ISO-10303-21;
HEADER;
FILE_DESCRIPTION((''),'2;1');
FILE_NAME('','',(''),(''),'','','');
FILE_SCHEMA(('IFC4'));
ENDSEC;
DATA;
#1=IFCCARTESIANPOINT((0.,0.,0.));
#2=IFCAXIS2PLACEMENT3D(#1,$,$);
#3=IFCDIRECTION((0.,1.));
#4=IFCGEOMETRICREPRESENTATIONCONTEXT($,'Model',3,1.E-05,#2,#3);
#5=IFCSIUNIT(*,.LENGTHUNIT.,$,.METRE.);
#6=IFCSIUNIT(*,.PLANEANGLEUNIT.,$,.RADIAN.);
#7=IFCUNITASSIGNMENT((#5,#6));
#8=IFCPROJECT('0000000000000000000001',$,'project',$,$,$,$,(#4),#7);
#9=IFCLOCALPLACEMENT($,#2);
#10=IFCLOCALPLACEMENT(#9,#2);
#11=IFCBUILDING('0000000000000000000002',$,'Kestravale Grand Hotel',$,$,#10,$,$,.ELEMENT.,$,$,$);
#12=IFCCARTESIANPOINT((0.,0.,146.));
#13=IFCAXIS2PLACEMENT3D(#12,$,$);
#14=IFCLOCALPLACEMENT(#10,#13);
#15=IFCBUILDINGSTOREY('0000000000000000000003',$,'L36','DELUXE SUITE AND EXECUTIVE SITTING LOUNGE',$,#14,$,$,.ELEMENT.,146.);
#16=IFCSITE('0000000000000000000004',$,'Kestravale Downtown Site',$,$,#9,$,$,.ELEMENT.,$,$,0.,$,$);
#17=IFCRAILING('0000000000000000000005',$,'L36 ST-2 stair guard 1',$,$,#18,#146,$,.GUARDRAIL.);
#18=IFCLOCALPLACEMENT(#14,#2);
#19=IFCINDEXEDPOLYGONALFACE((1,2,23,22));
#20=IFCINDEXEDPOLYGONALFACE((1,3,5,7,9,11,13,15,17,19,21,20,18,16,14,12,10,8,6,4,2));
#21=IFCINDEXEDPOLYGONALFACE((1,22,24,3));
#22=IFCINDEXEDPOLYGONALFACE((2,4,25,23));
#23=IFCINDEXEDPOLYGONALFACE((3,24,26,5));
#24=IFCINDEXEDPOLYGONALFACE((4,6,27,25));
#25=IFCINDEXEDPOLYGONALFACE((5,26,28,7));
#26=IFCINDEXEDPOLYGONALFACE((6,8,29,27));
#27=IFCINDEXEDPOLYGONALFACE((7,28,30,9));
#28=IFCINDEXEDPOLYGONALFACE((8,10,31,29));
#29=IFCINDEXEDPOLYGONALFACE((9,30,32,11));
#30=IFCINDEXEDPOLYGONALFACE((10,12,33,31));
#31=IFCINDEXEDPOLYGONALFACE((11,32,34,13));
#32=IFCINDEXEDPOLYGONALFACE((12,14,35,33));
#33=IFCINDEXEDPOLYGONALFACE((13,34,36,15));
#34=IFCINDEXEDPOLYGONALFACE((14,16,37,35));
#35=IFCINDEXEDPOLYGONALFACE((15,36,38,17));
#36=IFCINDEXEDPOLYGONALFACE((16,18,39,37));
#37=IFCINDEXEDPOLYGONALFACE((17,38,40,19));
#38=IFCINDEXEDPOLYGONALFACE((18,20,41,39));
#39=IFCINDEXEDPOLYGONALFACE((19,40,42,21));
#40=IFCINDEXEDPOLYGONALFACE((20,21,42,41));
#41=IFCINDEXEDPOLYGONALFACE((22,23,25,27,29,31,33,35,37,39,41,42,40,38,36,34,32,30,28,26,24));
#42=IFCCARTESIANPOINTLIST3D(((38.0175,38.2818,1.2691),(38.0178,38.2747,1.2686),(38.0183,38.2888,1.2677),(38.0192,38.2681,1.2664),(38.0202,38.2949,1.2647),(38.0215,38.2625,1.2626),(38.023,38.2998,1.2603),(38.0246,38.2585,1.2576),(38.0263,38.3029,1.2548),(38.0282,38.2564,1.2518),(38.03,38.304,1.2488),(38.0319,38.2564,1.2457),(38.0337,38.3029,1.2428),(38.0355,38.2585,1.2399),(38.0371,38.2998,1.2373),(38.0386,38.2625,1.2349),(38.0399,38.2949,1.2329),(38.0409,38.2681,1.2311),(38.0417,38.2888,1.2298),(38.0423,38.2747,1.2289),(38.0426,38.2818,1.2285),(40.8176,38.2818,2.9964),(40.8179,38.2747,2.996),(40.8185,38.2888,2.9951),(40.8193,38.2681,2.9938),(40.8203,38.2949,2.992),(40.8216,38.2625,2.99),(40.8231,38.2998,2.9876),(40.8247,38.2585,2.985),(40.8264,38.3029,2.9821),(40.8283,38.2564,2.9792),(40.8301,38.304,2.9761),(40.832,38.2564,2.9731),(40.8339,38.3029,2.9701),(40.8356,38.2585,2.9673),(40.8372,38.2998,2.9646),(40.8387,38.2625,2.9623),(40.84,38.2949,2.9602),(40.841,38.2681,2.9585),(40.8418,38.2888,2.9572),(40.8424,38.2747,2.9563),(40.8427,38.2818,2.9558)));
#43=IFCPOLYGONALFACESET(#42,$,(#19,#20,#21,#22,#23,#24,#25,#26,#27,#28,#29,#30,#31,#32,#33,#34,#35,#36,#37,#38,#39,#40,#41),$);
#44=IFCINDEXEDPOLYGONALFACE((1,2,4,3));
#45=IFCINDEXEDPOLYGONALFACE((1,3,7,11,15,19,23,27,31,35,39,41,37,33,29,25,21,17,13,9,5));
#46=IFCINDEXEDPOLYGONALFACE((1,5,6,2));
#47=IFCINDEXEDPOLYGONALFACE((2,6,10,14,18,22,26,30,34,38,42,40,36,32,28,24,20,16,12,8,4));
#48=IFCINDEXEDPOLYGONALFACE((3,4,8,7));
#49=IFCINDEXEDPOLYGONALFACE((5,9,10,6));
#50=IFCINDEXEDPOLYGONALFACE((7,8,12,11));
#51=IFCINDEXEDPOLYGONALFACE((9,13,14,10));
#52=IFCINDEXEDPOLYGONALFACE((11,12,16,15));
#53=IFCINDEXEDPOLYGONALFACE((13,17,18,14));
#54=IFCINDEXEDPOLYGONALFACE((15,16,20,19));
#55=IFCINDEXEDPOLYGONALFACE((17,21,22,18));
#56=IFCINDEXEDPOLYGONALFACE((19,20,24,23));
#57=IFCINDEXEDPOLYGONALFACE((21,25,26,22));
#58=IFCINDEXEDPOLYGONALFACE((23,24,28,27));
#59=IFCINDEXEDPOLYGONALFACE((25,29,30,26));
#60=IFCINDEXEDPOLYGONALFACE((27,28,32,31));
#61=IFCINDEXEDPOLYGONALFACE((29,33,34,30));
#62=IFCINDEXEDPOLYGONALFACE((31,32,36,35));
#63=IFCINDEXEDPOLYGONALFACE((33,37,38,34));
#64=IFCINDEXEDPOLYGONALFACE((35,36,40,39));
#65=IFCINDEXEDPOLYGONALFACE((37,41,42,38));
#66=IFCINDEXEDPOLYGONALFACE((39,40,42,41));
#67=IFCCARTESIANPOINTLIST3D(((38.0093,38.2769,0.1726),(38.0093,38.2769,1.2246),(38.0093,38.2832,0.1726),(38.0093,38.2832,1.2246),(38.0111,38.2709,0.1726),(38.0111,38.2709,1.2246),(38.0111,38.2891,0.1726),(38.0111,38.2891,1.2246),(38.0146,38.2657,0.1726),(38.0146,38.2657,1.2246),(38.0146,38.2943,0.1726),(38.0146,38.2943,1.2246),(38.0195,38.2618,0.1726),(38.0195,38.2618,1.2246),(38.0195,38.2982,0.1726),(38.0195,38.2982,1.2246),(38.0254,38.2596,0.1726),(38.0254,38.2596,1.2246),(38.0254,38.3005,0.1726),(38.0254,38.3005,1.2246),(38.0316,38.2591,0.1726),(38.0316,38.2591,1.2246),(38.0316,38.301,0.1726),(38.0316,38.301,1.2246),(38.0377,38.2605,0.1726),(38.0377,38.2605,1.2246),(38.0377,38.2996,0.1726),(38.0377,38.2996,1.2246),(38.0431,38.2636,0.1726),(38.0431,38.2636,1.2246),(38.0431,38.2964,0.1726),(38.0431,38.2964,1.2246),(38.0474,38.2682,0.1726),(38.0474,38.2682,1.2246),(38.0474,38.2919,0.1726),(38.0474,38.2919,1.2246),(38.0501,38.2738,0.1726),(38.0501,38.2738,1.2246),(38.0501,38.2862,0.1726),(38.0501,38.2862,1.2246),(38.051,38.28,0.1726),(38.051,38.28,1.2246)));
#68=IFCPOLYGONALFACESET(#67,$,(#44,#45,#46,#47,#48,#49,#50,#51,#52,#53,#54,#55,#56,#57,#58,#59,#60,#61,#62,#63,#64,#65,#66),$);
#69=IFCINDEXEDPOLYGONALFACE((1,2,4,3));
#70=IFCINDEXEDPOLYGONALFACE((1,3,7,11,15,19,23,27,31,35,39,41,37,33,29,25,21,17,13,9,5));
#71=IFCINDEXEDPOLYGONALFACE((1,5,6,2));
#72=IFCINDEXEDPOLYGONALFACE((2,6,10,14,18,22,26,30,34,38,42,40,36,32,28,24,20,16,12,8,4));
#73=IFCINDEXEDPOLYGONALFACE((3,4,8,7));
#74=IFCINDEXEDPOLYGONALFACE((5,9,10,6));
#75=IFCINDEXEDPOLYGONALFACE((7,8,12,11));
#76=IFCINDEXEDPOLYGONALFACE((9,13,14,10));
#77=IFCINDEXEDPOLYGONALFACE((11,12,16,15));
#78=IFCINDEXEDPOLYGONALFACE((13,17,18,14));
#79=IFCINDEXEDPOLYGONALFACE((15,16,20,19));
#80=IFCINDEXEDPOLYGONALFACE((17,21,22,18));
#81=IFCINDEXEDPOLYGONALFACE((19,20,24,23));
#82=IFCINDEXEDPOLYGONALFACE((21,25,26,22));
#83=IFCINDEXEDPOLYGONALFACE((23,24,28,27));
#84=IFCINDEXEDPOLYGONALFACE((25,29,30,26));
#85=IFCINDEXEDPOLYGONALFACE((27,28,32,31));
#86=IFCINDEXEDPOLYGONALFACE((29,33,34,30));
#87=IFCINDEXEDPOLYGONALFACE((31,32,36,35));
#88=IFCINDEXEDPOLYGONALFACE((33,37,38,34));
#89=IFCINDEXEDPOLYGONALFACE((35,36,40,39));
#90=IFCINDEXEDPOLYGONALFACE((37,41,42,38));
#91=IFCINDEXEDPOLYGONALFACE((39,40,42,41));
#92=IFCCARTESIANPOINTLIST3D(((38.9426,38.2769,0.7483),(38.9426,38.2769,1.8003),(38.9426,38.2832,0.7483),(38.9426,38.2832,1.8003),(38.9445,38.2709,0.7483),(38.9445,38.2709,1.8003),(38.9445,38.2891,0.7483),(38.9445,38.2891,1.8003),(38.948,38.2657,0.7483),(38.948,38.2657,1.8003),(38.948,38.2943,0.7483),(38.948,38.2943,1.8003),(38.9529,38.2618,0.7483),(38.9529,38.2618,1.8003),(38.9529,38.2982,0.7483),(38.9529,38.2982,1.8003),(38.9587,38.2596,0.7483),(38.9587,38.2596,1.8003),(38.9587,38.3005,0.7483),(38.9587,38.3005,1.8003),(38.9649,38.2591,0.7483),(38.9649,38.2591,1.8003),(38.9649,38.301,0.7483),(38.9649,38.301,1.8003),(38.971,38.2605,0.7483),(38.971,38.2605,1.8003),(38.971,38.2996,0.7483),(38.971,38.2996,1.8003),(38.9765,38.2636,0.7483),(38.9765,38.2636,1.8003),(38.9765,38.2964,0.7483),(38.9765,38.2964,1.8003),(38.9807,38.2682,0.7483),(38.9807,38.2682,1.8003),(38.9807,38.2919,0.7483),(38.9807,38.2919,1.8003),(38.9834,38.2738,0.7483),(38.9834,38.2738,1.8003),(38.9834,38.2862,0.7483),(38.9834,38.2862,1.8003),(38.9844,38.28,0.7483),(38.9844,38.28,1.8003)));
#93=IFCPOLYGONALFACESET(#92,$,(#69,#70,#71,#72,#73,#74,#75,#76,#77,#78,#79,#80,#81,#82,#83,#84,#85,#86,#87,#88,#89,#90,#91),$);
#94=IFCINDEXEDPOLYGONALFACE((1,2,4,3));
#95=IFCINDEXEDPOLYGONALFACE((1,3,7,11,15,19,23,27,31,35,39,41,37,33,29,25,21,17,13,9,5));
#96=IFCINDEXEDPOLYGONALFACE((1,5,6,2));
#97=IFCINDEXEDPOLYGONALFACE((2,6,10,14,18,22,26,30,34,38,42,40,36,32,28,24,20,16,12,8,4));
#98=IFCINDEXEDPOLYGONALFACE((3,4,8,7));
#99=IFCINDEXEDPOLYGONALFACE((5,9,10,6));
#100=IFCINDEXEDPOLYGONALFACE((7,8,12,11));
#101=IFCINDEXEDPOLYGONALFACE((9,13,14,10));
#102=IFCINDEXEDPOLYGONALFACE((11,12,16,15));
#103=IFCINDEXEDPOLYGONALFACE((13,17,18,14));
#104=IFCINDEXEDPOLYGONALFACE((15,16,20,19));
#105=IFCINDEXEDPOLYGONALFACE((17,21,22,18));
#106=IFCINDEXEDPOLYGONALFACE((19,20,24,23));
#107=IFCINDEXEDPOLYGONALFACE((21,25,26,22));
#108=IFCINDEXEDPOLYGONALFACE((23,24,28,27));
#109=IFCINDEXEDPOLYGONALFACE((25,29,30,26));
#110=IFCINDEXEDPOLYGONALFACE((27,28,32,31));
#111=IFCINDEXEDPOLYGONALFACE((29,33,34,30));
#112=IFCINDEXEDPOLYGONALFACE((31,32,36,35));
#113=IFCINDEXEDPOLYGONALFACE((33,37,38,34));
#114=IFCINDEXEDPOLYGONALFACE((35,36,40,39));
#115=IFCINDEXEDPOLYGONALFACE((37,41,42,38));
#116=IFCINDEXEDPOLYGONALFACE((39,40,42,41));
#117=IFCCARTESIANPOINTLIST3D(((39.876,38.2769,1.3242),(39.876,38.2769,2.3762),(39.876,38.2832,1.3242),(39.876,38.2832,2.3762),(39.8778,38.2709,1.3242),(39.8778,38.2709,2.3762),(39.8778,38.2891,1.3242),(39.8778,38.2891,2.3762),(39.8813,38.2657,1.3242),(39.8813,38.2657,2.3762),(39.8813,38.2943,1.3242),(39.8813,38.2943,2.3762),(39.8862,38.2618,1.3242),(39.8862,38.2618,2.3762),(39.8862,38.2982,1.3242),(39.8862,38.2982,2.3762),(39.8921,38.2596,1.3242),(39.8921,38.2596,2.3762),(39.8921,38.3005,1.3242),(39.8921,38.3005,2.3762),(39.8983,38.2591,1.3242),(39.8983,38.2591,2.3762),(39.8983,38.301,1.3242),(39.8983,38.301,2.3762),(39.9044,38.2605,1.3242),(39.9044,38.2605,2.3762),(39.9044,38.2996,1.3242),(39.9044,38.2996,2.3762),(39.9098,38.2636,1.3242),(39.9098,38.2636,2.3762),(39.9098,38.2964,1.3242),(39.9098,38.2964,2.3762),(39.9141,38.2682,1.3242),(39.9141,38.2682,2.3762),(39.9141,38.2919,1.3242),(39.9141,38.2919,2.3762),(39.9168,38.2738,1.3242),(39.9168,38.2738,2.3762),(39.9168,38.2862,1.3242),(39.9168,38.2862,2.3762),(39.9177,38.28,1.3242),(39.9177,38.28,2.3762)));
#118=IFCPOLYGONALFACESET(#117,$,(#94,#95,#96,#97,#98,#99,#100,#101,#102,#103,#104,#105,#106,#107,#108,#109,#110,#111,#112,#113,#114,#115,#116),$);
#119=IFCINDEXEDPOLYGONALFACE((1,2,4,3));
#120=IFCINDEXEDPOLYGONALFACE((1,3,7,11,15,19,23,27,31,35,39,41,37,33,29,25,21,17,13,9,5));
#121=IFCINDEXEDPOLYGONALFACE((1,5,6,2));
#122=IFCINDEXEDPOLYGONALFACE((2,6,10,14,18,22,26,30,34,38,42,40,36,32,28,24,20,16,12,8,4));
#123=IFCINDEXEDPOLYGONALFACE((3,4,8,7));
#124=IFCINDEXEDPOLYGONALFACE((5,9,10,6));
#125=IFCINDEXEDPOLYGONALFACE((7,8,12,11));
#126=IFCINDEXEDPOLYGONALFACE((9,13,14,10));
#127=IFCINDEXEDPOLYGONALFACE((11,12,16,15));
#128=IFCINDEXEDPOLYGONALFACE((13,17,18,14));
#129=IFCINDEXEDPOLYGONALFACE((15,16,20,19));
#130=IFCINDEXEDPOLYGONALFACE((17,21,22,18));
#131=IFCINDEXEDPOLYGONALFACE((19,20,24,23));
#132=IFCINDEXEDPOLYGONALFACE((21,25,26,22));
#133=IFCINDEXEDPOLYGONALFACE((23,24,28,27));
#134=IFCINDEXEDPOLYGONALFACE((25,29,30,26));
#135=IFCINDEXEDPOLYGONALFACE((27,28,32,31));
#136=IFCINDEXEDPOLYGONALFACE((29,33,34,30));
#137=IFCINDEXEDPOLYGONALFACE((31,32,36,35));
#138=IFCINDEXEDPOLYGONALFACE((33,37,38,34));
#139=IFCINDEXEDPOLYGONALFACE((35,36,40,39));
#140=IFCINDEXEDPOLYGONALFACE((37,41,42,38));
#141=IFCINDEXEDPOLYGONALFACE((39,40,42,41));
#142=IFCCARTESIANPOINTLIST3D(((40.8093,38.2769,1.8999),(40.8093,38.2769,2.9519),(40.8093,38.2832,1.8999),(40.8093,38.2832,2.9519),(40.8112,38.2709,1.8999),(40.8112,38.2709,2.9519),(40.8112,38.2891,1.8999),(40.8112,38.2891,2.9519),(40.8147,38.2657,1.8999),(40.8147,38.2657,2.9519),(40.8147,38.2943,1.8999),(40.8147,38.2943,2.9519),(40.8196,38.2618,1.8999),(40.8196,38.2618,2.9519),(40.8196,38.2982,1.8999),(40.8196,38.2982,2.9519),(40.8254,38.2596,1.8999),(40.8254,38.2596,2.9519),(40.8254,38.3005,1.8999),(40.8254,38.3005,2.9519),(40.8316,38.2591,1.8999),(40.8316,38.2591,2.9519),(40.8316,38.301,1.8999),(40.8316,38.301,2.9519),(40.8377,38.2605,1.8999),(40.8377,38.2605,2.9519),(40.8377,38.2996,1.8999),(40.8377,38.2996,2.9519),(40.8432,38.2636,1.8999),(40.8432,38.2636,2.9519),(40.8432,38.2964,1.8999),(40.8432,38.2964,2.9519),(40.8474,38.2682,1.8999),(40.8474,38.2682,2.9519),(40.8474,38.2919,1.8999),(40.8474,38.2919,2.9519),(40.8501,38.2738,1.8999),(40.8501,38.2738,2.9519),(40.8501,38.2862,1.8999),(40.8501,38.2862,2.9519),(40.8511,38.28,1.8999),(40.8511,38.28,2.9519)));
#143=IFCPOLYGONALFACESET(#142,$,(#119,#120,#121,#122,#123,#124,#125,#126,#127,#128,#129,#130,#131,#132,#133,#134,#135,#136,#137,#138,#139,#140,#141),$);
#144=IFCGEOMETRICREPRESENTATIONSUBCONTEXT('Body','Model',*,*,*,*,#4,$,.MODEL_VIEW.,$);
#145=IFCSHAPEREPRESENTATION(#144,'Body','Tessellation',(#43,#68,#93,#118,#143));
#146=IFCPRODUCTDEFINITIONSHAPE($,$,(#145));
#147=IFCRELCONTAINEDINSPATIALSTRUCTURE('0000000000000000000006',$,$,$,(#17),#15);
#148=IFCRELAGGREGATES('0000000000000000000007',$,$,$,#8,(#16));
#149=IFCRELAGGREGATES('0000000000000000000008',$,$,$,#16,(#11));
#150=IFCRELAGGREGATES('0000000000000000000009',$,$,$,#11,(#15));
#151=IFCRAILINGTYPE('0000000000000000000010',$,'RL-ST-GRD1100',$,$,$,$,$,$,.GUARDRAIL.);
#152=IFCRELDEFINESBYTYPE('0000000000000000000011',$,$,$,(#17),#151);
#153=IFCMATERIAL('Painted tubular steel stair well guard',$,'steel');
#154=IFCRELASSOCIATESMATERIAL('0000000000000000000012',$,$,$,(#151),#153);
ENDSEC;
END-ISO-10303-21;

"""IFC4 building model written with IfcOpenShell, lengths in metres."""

from ifc_helpers import new_model, si_unit, direction, frame, origin, origin_2d, place, context, subcontext, project, spatial, circle, extrude, material, type_object, element, save


model = new_model("IFC4")

# Units and contexts
model_context = context("Model", 3, precision=1e-05, world=origin(), true_north=direction((0.0, 1.0)))
body_context = subcontext(model_context, "Body", "Model", "MODEL_VIEW")
ifc_project = project(units=[si_unit("LENGTHUNIT", "METRE"), si_unit("PLANEANGLEUNIT", "RADIAN")], contexts=[model_context])

# Site, building, storey
site_placement = place(None, origin())
site = spatial("IfcSite", under=ifc_project, at=site_placement, Name="Kestravale Downtown Site", CompositionType="ELEMENT", RefElevation=0.0)
building_placement = place(site_placement, origin())
building = spatial("IfcBuilding", under=site, at=building_placement, Name="Kestravale Grand Hotel", CompositionType="ELEMENT")
storey_placement = place(building_placement, frame((0.0, 0.0, 146.0)))
storey = spatial("IfcBuildingStorey", under=building, at=storey_placement, Name="L36", Description="DELUXE SUITE AND EXECUTIVE SITTING LOUNGE", CompositionType="ELEMENT", Elevation=146.0)

# Railing
ifc_material_1 = material(Name="Painted tubular steel stair well guard", Category="steel")
railing_type_1 = type_object("IfcRailingType", Name="RL-ST-GRD1100", PredefinedType="GUARDRAIL", material=ifc_material_1)
railing_1_placement = place(storey_placement, frame((38.03, 38.28, 0.1726)))
element("IfcRailing", 1, at=railing_1_placement, inside=storey, type_object=railing_type_1, Name="L36 ST-2 stair guard 1", PredefinedType="GUARDRAIL", context=body_context, shape_type="SweptSolid", body=[
    extrude(circle(Radius=0.0239, at=origin_2d()), frame((0.0, 0.0, 1.0762), z_axis=(0.85109, 0.0, 0.52502), x_axis=(0.0, 1.0, 0.0)), (0.0, 0.0, 1.0), 3.29),
    extrude(circle(Radius=0.021, at=origin_2d()), origin(), (0.0, 0.0, 1.0), 1.052),
    extrude(circle(Radius=0.021, at=origin_2d()), frame((0.9333, 0.0, 0.5757)), (0.0, 0.0, 1.0), 1.052),
    extrude(circle(Radius=0.021, at=origin_2d()), frame((1.8667, 0.0, 1.1516)), (0.0, 0.0, 1.0), 1.052),
    extrude(circle(Radius=0.021, at=origin_2d()), frame((2.8, 0.0, 1.7273)), (0.0, 0.0, 1.0), 1.052),
])

save(model, "model.ifc")
